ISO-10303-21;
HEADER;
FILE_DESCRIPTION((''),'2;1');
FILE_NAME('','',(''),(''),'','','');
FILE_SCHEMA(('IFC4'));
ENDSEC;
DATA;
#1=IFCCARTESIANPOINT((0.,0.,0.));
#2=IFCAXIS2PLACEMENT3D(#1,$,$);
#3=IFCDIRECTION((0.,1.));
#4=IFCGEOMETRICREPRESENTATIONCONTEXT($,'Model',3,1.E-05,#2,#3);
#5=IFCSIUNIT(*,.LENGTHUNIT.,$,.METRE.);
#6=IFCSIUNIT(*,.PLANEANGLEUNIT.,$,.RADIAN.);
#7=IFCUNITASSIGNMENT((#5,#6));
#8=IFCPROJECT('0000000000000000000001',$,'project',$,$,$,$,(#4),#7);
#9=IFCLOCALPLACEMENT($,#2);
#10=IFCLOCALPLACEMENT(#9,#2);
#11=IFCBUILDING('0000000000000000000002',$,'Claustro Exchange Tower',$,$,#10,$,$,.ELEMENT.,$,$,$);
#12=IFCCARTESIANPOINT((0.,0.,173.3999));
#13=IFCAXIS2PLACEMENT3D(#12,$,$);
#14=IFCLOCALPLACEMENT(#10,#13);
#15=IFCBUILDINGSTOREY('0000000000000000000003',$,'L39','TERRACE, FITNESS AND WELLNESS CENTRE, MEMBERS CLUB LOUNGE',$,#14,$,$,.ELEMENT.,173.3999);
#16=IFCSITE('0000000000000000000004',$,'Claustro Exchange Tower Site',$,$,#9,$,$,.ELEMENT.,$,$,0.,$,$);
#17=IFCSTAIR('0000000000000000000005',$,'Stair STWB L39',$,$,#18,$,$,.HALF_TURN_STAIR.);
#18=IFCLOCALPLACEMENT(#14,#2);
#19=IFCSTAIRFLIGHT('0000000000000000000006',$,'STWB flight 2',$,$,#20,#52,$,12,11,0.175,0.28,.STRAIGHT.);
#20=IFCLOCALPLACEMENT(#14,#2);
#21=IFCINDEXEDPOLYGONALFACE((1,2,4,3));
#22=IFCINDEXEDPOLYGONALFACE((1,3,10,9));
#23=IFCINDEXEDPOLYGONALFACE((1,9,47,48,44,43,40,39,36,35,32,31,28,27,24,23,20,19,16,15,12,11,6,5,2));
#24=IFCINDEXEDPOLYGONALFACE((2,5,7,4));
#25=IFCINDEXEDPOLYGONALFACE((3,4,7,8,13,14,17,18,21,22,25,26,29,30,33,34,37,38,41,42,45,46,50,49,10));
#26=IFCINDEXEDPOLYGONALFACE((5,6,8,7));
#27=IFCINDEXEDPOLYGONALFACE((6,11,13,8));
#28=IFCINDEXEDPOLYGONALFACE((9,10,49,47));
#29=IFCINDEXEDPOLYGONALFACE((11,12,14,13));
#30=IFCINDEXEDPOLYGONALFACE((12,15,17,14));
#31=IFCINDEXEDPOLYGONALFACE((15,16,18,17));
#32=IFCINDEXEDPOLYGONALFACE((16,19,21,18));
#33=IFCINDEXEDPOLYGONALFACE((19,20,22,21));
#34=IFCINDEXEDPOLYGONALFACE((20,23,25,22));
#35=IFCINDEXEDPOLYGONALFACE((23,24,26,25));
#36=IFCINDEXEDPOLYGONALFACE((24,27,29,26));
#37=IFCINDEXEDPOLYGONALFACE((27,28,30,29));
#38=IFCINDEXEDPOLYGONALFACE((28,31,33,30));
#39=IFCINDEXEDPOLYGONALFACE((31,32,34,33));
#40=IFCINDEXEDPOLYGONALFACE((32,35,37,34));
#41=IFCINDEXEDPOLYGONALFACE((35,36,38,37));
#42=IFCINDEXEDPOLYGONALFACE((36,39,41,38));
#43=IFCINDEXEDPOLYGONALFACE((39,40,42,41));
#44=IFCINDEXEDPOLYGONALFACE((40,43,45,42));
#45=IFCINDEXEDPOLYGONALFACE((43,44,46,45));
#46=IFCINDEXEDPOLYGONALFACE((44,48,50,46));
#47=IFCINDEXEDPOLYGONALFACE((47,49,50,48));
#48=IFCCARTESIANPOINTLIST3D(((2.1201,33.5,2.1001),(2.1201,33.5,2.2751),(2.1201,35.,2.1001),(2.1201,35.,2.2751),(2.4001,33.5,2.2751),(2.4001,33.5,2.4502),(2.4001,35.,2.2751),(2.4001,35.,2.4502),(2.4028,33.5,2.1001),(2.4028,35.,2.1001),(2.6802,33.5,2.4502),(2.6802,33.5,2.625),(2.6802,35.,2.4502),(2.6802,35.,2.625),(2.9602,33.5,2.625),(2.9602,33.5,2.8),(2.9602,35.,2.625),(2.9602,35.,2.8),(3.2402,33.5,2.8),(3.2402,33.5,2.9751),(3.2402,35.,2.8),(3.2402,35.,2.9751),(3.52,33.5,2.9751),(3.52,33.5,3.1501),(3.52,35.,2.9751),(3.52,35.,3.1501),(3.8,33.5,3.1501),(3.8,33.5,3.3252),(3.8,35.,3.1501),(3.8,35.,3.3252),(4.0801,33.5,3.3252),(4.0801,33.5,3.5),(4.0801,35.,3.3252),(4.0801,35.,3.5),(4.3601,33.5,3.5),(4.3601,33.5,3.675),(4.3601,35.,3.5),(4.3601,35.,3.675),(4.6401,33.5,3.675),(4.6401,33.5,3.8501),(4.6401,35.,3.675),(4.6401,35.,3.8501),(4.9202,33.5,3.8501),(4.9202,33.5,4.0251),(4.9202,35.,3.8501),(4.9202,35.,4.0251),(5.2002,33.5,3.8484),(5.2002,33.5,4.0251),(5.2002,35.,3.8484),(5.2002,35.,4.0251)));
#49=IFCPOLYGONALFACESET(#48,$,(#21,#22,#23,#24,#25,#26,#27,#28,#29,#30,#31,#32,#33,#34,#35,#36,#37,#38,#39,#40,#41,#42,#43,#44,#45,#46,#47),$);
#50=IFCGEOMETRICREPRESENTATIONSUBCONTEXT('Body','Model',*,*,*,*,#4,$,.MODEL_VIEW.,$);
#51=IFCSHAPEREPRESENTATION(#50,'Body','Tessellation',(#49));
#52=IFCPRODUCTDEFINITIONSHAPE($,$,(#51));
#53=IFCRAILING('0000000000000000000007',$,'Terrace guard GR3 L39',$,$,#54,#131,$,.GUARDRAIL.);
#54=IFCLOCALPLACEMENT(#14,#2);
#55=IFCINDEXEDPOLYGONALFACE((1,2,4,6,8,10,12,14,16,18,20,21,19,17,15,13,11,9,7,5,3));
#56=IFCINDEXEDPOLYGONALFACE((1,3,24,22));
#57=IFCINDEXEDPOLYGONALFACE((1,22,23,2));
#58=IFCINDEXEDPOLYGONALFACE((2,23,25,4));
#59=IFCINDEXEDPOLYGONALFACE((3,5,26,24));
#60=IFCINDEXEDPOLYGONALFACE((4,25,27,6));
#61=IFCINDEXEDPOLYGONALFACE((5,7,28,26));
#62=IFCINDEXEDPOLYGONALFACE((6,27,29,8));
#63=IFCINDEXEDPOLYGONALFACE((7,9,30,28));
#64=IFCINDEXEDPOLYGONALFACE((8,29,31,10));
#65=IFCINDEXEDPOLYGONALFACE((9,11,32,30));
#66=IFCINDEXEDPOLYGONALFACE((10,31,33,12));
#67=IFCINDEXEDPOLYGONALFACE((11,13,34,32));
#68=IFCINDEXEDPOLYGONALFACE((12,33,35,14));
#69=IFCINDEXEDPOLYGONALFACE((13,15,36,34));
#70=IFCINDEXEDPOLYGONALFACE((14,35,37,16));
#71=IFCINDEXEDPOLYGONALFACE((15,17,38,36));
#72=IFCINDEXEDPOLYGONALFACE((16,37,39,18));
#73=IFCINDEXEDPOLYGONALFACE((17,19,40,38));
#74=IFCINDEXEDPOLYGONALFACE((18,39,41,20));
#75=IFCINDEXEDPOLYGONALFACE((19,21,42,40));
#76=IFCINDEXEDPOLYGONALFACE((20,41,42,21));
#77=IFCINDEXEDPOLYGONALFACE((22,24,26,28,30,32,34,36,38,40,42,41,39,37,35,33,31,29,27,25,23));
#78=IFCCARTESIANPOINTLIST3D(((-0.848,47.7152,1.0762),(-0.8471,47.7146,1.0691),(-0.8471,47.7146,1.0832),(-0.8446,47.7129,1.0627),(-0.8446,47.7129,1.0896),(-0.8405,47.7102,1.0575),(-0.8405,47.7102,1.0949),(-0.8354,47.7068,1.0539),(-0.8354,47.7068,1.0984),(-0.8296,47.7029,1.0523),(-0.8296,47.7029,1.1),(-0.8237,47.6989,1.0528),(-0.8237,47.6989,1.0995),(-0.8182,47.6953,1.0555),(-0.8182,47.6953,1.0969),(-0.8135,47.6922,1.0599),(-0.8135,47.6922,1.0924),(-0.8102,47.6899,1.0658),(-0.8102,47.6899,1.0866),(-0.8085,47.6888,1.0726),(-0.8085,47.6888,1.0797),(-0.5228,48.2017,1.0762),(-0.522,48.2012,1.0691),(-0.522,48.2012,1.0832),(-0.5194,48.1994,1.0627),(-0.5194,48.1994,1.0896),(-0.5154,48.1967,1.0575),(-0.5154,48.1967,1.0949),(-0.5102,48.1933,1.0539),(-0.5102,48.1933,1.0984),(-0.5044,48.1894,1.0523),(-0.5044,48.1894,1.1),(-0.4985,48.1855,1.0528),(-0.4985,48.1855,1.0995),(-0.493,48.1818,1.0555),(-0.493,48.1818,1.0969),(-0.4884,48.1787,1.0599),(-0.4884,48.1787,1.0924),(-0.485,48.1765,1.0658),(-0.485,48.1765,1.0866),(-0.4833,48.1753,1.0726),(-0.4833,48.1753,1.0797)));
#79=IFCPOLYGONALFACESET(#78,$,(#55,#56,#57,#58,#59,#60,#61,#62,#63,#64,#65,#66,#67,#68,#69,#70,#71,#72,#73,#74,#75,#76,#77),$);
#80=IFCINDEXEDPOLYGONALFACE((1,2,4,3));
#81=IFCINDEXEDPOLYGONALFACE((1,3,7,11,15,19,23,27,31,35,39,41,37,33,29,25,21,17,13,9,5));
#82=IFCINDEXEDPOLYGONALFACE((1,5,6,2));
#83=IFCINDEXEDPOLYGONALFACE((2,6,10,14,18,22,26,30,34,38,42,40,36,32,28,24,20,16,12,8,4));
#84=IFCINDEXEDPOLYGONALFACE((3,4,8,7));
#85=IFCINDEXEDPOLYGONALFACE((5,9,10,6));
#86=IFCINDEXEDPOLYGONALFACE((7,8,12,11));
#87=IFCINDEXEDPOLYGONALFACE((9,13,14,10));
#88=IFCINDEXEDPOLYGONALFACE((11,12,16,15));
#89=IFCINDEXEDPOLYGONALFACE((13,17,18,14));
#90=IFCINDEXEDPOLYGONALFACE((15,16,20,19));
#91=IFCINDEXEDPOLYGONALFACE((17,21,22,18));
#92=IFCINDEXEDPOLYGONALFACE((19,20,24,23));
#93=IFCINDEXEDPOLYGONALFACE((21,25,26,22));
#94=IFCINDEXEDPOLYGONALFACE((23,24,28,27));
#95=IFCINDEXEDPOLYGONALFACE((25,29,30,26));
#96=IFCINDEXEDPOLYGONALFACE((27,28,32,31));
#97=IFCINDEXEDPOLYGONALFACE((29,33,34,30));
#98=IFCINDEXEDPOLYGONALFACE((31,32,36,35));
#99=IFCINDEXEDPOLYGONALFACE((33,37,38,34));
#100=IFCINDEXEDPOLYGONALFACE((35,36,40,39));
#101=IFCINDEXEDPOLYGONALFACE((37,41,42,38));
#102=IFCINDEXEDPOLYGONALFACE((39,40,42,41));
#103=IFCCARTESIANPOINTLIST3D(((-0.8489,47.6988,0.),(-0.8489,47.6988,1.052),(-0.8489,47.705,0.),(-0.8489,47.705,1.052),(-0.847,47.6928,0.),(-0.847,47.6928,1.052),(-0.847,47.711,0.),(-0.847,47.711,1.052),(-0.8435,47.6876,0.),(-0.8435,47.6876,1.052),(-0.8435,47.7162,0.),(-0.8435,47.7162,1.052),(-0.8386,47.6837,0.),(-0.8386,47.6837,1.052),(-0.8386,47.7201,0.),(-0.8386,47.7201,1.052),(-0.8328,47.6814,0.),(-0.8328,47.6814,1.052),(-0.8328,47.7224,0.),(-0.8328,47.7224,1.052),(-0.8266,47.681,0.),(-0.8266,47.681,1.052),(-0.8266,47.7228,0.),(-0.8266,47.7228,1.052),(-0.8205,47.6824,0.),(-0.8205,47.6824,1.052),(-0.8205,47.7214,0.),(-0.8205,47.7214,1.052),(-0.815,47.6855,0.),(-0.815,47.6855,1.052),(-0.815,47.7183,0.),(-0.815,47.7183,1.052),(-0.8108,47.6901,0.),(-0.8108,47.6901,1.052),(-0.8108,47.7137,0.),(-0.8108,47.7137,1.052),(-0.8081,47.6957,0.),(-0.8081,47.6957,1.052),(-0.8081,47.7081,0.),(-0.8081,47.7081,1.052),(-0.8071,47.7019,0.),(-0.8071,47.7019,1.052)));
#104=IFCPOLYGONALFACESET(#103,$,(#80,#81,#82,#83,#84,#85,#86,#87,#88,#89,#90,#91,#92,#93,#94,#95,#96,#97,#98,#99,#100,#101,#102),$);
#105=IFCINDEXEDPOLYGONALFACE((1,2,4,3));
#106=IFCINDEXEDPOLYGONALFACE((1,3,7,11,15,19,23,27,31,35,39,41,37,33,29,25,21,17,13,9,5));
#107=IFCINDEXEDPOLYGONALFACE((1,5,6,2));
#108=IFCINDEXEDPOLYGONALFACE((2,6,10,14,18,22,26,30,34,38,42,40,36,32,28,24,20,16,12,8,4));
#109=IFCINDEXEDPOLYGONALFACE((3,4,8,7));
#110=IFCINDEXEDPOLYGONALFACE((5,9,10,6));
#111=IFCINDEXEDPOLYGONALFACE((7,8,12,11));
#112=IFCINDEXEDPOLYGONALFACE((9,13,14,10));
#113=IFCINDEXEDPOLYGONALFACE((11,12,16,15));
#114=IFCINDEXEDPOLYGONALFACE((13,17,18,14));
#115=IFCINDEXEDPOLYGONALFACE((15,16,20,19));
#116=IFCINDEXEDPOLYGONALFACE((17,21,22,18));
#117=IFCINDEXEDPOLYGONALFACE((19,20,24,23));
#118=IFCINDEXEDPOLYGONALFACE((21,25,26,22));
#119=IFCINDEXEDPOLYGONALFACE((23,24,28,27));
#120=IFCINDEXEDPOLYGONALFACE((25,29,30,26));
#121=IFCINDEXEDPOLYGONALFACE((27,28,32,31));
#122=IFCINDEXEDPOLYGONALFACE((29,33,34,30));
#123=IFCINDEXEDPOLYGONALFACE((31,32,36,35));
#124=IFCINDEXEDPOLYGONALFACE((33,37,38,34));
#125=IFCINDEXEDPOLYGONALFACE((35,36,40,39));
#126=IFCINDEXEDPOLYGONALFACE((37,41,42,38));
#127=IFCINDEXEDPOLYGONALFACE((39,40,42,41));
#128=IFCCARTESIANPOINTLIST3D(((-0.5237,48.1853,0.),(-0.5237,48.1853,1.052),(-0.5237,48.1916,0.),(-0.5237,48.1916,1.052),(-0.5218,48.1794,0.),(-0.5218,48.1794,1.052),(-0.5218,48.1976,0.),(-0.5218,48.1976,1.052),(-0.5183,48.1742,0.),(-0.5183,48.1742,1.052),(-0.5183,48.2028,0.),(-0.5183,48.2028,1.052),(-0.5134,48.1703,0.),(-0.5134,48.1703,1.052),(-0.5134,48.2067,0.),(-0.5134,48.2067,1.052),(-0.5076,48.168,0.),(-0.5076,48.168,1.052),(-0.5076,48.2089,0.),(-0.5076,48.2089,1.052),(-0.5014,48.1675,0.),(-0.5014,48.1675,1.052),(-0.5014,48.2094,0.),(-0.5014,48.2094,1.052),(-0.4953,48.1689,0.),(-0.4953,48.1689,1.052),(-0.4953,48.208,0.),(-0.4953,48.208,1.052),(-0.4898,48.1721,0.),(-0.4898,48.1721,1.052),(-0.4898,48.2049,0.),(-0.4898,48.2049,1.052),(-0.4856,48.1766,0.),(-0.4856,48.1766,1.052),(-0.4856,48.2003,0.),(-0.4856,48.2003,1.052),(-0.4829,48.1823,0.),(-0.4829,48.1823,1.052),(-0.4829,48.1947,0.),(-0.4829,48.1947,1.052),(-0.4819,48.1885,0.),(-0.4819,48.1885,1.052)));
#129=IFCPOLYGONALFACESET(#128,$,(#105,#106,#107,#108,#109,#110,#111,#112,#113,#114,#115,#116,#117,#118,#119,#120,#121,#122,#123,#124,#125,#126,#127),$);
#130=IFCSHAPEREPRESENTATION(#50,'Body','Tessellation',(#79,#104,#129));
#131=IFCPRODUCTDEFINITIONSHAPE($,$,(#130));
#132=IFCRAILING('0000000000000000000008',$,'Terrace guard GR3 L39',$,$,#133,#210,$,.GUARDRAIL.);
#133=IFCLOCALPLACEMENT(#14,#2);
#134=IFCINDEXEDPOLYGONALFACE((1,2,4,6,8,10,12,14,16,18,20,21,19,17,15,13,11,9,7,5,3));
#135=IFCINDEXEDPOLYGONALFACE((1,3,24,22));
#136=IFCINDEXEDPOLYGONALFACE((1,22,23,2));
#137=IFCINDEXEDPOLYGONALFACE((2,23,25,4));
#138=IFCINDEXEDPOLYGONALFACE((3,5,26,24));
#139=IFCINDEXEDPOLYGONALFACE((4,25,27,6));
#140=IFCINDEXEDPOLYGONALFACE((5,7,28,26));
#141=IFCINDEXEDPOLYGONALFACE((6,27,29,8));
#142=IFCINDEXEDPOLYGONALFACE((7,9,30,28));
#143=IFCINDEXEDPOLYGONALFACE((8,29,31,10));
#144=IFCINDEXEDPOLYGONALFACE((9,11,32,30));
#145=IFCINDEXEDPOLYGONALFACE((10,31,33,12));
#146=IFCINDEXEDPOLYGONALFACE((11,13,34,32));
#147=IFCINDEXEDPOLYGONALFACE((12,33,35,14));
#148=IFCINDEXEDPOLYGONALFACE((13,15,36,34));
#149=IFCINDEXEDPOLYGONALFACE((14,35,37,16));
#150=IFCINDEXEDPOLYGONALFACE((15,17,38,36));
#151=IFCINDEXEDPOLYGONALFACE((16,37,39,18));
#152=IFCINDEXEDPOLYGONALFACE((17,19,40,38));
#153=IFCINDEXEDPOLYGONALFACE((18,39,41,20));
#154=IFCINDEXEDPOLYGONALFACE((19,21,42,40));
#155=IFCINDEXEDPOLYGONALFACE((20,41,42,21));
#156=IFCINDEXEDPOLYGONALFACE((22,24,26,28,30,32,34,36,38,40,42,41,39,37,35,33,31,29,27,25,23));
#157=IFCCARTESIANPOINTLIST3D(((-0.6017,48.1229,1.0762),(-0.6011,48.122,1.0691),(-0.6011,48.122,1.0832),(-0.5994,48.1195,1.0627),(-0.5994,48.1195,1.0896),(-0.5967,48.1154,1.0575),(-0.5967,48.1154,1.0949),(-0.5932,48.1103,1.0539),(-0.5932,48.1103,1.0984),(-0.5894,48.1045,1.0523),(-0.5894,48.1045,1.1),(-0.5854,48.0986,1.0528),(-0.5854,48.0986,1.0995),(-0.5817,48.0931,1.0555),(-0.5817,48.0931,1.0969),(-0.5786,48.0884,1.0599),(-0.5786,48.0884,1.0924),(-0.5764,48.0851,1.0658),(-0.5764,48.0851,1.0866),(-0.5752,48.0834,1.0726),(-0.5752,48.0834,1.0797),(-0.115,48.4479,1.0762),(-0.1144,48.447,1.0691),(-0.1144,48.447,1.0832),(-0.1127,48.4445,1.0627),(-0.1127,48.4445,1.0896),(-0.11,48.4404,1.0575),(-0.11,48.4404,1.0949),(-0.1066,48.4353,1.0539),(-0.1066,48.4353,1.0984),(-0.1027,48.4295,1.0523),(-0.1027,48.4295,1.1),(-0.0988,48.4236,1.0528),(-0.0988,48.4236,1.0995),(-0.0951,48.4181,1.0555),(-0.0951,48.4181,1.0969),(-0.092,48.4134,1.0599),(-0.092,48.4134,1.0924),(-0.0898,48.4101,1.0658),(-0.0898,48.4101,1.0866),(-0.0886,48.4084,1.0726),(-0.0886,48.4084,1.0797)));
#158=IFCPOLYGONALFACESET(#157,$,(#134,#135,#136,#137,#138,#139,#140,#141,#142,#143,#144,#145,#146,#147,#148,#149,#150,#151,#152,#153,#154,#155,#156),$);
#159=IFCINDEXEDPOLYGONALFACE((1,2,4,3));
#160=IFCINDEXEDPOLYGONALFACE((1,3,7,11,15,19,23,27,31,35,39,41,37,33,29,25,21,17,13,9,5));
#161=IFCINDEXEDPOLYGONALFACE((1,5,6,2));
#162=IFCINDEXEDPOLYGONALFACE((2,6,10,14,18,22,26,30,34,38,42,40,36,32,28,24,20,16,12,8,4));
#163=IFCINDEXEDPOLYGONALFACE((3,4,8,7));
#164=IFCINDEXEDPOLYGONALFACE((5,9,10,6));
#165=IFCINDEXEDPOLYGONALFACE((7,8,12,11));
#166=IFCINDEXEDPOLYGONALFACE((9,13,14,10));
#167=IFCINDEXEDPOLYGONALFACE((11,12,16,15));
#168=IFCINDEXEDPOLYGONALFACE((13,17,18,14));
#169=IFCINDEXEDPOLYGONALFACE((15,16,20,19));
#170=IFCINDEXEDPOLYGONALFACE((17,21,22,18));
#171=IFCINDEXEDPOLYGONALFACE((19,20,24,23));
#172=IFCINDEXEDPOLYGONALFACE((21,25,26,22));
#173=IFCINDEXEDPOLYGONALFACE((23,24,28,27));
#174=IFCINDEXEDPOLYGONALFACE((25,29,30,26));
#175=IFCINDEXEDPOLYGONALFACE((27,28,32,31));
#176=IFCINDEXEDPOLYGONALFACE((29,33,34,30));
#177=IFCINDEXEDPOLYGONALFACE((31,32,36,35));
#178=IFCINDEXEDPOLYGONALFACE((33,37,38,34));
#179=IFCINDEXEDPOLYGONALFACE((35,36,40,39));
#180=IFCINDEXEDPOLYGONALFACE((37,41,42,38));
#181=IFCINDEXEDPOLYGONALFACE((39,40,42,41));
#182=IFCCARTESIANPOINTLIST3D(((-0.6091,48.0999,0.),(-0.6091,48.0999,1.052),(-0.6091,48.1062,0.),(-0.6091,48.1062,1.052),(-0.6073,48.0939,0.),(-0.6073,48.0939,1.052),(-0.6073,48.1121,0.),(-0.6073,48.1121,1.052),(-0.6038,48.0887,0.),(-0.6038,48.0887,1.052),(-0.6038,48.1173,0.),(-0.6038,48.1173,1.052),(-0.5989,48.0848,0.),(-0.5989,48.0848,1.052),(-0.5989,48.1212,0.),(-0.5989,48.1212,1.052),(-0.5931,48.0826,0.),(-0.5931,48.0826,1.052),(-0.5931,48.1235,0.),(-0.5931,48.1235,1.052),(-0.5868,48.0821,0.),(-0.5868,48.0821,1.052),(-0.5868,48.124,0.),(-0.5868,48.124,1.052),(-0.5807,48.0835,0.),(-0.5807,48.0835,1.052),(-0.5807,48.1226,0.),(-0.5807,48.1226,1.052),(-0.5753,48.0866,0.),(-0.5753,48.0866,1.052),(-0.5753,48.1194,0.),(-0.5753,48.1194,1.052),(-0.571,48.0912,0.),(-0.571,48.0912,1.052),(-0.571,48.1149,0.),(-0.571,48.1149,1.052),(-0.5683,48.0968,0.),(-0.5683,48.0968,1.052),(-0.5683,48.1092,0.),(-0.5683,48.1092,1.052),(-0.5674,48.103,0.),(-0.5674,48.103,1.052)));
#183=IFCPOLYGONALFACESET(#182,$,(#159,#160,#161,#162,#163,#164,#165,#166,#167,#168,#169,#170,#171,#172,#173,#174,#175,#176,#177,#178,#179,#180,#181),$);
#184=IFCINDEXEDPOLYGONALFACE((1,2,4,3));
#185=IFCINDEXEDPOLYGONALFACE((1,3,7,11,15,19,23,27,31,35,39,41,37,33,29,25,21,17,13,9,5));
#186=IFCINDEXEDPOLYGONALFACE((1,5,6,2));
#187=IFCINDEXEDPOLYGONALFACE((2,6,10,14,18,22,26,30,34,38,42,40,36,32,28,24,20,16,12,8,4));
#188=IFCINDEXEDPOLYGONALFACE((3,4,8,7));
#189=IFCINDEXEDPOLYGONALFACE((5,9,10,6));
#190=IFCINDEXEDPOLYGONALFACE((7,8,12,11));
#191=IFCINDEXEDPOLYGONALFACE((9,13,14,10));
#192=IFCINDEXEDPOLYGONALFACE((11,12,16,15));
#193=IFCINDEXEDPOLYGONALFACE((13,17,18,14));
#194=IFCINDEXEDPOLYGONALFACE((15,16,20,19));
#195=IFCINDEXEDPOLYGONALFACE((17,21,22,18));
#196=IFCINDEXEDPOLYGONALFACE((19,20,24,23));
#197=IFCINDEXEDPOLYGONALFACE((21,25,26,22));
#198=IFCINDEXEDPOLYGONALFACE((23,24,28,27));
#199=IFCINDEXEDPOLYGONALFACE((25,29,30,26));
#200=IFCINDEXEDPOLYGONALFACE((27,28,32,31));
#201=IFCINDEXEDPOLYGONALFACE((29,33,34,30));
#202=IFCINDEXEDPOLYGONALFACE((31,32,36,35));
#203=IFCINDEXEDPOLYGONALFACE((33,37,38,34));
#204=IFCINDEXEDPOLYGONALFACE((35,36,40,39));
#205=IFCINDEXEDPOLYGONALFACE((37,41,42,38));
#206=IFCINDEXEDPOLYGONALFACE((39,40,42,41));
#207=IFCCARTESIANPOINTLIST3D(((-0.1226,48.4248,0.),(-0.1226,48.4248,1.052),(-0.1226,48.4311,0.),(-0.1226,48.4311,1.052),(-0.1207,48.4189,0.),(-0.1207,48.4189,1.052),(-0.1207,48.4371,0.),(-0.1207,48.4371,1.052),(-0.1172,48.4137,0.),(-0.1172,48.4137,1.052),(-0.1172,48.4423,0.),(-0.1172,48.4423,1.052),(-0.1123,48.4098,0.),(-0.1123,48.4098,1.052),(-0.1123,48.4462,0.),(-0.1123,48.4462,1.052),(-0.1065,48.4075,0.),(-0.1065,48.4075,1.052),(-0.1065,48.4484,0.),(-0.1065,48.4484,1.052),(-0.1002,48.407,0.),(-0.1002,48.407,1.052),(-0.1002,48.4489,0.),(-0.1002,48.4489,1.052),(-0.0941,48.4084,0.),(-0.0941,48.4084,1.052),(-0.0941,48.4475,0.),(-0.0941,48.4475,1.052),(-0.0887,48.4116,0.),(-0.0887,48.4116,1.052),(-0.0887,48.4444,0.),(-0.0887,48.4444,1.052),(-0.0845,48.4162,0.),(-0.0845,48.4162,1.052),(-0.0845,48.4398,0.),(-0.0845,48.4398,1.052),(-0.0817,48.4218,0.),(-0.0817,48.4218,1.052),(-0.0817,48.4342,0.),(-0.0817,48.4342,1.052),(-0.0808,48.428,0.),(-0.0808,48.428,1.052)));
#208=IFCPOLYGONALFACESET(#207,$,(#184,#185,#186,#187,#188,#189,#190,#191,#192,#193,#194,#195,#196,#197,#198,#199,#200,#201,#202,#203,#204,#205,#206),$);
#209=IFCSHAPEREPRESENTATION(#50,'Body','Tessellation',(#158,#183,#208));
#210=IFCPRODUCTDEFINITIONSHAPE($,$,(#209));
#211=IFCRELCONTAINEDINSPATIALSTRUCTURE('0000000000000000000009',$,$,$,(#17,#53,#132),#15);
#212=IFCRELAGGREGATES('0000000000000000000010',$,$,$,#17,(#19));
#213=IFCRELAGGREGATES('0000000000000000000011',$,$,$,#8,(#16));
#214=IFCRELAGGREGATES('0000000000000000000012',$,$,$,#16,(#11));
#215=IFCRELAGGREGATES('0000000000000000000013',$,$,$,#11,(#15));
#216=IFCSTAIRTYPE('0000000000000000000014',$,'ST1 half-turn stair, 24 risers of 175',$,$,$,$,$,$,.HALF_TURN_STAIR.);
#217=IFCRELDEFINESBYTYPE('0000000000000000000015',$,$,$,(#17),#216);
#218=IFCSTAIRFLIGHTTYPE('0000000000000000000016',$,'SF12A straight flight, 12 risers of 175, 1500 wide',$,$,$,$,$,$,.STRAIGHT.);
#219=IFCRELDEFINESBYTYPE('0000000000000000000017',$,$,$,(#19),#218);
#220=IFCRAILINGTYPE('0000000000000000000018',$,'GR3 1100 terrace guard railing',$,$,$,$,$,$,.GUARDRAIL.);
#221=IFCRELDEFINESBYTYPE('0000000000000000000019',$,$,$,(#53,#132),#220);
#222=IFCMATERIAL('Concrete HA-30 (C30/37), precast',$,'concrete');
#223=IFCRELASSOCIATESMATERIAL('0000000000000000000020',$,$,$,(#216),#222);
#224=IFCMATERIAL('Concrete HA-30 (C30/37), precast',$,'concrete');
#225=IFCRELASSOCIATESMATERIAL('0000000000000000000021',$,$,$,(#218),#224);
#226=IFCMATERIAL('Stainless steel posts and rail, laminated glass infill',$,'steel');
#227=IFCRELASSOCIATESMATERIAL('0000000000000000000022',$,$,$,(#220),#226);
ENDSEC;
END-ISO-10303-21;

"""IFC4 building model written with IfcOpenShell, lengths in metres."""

from ifc_helpers import new_model, si_unit, direction, frame, origin, origin_2d, place, context, subcontext, project, spatial, polyline, circle, outline, extrude, material, type_object, element, aggregate, save


model = new_model("IFC4")

# Units and contexts
model_context = context("Model", 3, precision=1e-05, world=origin(), true_north=direction((0.0, 1.0)))
body_context = subcontext(model_context, "Body", "Model", "MODEL_VIEW")
ifc_project = project(units=[si_unit("LENGTHUNIT", "METRE"), si_unit("PLANEANGLEUNIT", "RADIAN")], contexts=[model_context])

# Site, building, storey
site_placement = place(None, origin())
site = spatial("IfcSite", under=ifc_project, at=site_placement, Name="Claustro Exchange Tower Site", CompositionType="ELEMENT", RefElevation=0.0)
building_placement = place(site_placement, origin())
building = spatial("IfcBuilding", under=site, at=building_placement, Name="Claustro Exchange Tower", CompositionType="ELEMENT")
storey_placement = place(building_placement, frame((0.0, 0.0, 173.3999)))
storey = spatial("IfcBuildingStorey", under=building, at=storey_placement, Name="L39", Description="TERRACE, FITNESS AND WELLNESS CENTRE, MEMBERS CLUB LOUNGE", CompositionType="ELEMENT", Elevation=173.3999)

# Stair, stair flight
ifc_material_1 = material(Name="Concrete HA-30 (C30/37), precast", Category="concrete")
stair_type = type_object("IfcStairType", Name="ST1 half-turn stair, 24 risers of 175", PredefinedType="HALF_TURN_STAIR", material=ifc_material_1)
stair_placement = place(storey_placement, origin())
stair = element("IfcStair", 1, at=stair_placement, inside=storey, type_object=stair_type, Name="Stair STWB L39", PredefinedType="HALF_TURN_STAIR")
ifc_material_2 = material(Name="Concrete HA-30 (C30/37), precast", Category="concrete")
stair_flight_type = type_object("IfcStairFlightType", Name="SF12A straight flight, 12 risers of 175, 1500 wide", PredefinedType="STRAIGHT", material=ifc_material_2)
stair_flight_placement = place(storey_placement, frame((2.1201, 34.25, 2.1001), z_axis=(0.0, 0.0, 1.0), x_axis=(1.0, 0.0, 0.0)))
stair_flight = element("IfcStairFlight", 2, at=stair_flight_placement, type_object=stair_flight_type, Name="STWB flight 2", NumberOfRisers=12, NumberOfTreads=11, PredefinedType="STRAIGHT", RiserHeight=0.175, TreadLength=0.28, context=body_context, shape_type="SweptSolid", body=[
    extrude(outline(polyline([(0.0, 0.0), (0.0, 0.175), (0.28, 0.175), (0.28, 0.3501), (0.5601, 0.3501), (0.5601, 0.5249), (0.8401, 0.5249), (0.8401, 0.7), (1.1201, 0.7), (1.1201, 0.875), (1.3999, 0.875), (1.3999, 1.05), (1.6799, 1.05), (1.6799, 1.2251), (1.96, 1.2251), (1.96, 1.3999), (2.24, 1.3999), (2.24, 1.575), (2.52, 1.575), (2.52, 1.75), (2.8, 1.75), (2.8, 1.925), (3.0801, 1.925), (3.0801, 2.1001), (3.0801, 1.7483), (0.2827, 0.0), (0.0, 0.0)])), frame((0.0, 0.75, 0.0), z_axis=(0.0, -1.0, 0.0), x_axis=(1.0, 0.0, 0.0)), (0.0, 0.0, 1.0), 1.5),
])
aggregate(stair, [stair_flight])

# Railings
ifc_material_3 = material(Name="Stainless steel posts and rail, laminated glass infill", Category="steel")
railing_type = type_object("IfcRailingType", Name="GR3 1100 terrace guard railing", PredefinedType="GUARDRAIL", material=ifc_material_3)
railing_1_placement = place(storey_placement, frame((-0.8281, 47.7019, 0.0)))
element("IfcRailing", 3, at=railing_1_placement, inside=storey, type_object=railing_type, Name="Terrace guard GR3 L39", PredefinedType="GUARDRAIL", context=body_context, shape_type="SweptSolid", body=[
    extrude(circle(Radius=0.0239, at=origin_2d()), frame((0.0, 0.0, 1.0762), z_axis=(0.555663, 0.831408, 0.0), x_axis=(-0.831408, 0.555663, 0.0)), (0.0, 0.0, 1.0), 0.5852),
    extrude(circle(Radius=0.021, at=origin_2d()), origin(), (0.0, 0.0, 1.0), 1.052),
    extrude(circle(Radius=0.021, at=origin_2d()), frame((0.3252, 0.4866, 0.0)), (0.0, 0.0, 1.0), 1.052),
])
railing_2_placement = place(storey_placement, frame((-0.5884, 48.103, 0.0)))
element("IfcRailing", 4, at=railing_2_placement, inside=storey, type_object=railing_type, Name="Terrace guard GR3 L39", PredefinedType="GUARDRAIL", context=body_context, shape_type="SweptSolid", body=[
    extrude(circle(Radius=0.0239, at=origin_2d()), frame((0.0, 0.0, 1.0762), z_axis=(0.831601, 0.555374, 0.0), x_axis=(-0.555374, 0.831601, 0.0)), (0.0, 0.0, 1.0), 0.5852),
    extrude(circle(Radius=0.021, at=origin_2d()), origin(), (0.0, 0.0, 1.0), 1.052),
    extrude(circle(Radius=0.021, at=origin_2d()), frame((0.4866, 0.325, 0.0)), (0.0, 0.0, 1.0), 1.052),
])

save(model, "model.ifc")
